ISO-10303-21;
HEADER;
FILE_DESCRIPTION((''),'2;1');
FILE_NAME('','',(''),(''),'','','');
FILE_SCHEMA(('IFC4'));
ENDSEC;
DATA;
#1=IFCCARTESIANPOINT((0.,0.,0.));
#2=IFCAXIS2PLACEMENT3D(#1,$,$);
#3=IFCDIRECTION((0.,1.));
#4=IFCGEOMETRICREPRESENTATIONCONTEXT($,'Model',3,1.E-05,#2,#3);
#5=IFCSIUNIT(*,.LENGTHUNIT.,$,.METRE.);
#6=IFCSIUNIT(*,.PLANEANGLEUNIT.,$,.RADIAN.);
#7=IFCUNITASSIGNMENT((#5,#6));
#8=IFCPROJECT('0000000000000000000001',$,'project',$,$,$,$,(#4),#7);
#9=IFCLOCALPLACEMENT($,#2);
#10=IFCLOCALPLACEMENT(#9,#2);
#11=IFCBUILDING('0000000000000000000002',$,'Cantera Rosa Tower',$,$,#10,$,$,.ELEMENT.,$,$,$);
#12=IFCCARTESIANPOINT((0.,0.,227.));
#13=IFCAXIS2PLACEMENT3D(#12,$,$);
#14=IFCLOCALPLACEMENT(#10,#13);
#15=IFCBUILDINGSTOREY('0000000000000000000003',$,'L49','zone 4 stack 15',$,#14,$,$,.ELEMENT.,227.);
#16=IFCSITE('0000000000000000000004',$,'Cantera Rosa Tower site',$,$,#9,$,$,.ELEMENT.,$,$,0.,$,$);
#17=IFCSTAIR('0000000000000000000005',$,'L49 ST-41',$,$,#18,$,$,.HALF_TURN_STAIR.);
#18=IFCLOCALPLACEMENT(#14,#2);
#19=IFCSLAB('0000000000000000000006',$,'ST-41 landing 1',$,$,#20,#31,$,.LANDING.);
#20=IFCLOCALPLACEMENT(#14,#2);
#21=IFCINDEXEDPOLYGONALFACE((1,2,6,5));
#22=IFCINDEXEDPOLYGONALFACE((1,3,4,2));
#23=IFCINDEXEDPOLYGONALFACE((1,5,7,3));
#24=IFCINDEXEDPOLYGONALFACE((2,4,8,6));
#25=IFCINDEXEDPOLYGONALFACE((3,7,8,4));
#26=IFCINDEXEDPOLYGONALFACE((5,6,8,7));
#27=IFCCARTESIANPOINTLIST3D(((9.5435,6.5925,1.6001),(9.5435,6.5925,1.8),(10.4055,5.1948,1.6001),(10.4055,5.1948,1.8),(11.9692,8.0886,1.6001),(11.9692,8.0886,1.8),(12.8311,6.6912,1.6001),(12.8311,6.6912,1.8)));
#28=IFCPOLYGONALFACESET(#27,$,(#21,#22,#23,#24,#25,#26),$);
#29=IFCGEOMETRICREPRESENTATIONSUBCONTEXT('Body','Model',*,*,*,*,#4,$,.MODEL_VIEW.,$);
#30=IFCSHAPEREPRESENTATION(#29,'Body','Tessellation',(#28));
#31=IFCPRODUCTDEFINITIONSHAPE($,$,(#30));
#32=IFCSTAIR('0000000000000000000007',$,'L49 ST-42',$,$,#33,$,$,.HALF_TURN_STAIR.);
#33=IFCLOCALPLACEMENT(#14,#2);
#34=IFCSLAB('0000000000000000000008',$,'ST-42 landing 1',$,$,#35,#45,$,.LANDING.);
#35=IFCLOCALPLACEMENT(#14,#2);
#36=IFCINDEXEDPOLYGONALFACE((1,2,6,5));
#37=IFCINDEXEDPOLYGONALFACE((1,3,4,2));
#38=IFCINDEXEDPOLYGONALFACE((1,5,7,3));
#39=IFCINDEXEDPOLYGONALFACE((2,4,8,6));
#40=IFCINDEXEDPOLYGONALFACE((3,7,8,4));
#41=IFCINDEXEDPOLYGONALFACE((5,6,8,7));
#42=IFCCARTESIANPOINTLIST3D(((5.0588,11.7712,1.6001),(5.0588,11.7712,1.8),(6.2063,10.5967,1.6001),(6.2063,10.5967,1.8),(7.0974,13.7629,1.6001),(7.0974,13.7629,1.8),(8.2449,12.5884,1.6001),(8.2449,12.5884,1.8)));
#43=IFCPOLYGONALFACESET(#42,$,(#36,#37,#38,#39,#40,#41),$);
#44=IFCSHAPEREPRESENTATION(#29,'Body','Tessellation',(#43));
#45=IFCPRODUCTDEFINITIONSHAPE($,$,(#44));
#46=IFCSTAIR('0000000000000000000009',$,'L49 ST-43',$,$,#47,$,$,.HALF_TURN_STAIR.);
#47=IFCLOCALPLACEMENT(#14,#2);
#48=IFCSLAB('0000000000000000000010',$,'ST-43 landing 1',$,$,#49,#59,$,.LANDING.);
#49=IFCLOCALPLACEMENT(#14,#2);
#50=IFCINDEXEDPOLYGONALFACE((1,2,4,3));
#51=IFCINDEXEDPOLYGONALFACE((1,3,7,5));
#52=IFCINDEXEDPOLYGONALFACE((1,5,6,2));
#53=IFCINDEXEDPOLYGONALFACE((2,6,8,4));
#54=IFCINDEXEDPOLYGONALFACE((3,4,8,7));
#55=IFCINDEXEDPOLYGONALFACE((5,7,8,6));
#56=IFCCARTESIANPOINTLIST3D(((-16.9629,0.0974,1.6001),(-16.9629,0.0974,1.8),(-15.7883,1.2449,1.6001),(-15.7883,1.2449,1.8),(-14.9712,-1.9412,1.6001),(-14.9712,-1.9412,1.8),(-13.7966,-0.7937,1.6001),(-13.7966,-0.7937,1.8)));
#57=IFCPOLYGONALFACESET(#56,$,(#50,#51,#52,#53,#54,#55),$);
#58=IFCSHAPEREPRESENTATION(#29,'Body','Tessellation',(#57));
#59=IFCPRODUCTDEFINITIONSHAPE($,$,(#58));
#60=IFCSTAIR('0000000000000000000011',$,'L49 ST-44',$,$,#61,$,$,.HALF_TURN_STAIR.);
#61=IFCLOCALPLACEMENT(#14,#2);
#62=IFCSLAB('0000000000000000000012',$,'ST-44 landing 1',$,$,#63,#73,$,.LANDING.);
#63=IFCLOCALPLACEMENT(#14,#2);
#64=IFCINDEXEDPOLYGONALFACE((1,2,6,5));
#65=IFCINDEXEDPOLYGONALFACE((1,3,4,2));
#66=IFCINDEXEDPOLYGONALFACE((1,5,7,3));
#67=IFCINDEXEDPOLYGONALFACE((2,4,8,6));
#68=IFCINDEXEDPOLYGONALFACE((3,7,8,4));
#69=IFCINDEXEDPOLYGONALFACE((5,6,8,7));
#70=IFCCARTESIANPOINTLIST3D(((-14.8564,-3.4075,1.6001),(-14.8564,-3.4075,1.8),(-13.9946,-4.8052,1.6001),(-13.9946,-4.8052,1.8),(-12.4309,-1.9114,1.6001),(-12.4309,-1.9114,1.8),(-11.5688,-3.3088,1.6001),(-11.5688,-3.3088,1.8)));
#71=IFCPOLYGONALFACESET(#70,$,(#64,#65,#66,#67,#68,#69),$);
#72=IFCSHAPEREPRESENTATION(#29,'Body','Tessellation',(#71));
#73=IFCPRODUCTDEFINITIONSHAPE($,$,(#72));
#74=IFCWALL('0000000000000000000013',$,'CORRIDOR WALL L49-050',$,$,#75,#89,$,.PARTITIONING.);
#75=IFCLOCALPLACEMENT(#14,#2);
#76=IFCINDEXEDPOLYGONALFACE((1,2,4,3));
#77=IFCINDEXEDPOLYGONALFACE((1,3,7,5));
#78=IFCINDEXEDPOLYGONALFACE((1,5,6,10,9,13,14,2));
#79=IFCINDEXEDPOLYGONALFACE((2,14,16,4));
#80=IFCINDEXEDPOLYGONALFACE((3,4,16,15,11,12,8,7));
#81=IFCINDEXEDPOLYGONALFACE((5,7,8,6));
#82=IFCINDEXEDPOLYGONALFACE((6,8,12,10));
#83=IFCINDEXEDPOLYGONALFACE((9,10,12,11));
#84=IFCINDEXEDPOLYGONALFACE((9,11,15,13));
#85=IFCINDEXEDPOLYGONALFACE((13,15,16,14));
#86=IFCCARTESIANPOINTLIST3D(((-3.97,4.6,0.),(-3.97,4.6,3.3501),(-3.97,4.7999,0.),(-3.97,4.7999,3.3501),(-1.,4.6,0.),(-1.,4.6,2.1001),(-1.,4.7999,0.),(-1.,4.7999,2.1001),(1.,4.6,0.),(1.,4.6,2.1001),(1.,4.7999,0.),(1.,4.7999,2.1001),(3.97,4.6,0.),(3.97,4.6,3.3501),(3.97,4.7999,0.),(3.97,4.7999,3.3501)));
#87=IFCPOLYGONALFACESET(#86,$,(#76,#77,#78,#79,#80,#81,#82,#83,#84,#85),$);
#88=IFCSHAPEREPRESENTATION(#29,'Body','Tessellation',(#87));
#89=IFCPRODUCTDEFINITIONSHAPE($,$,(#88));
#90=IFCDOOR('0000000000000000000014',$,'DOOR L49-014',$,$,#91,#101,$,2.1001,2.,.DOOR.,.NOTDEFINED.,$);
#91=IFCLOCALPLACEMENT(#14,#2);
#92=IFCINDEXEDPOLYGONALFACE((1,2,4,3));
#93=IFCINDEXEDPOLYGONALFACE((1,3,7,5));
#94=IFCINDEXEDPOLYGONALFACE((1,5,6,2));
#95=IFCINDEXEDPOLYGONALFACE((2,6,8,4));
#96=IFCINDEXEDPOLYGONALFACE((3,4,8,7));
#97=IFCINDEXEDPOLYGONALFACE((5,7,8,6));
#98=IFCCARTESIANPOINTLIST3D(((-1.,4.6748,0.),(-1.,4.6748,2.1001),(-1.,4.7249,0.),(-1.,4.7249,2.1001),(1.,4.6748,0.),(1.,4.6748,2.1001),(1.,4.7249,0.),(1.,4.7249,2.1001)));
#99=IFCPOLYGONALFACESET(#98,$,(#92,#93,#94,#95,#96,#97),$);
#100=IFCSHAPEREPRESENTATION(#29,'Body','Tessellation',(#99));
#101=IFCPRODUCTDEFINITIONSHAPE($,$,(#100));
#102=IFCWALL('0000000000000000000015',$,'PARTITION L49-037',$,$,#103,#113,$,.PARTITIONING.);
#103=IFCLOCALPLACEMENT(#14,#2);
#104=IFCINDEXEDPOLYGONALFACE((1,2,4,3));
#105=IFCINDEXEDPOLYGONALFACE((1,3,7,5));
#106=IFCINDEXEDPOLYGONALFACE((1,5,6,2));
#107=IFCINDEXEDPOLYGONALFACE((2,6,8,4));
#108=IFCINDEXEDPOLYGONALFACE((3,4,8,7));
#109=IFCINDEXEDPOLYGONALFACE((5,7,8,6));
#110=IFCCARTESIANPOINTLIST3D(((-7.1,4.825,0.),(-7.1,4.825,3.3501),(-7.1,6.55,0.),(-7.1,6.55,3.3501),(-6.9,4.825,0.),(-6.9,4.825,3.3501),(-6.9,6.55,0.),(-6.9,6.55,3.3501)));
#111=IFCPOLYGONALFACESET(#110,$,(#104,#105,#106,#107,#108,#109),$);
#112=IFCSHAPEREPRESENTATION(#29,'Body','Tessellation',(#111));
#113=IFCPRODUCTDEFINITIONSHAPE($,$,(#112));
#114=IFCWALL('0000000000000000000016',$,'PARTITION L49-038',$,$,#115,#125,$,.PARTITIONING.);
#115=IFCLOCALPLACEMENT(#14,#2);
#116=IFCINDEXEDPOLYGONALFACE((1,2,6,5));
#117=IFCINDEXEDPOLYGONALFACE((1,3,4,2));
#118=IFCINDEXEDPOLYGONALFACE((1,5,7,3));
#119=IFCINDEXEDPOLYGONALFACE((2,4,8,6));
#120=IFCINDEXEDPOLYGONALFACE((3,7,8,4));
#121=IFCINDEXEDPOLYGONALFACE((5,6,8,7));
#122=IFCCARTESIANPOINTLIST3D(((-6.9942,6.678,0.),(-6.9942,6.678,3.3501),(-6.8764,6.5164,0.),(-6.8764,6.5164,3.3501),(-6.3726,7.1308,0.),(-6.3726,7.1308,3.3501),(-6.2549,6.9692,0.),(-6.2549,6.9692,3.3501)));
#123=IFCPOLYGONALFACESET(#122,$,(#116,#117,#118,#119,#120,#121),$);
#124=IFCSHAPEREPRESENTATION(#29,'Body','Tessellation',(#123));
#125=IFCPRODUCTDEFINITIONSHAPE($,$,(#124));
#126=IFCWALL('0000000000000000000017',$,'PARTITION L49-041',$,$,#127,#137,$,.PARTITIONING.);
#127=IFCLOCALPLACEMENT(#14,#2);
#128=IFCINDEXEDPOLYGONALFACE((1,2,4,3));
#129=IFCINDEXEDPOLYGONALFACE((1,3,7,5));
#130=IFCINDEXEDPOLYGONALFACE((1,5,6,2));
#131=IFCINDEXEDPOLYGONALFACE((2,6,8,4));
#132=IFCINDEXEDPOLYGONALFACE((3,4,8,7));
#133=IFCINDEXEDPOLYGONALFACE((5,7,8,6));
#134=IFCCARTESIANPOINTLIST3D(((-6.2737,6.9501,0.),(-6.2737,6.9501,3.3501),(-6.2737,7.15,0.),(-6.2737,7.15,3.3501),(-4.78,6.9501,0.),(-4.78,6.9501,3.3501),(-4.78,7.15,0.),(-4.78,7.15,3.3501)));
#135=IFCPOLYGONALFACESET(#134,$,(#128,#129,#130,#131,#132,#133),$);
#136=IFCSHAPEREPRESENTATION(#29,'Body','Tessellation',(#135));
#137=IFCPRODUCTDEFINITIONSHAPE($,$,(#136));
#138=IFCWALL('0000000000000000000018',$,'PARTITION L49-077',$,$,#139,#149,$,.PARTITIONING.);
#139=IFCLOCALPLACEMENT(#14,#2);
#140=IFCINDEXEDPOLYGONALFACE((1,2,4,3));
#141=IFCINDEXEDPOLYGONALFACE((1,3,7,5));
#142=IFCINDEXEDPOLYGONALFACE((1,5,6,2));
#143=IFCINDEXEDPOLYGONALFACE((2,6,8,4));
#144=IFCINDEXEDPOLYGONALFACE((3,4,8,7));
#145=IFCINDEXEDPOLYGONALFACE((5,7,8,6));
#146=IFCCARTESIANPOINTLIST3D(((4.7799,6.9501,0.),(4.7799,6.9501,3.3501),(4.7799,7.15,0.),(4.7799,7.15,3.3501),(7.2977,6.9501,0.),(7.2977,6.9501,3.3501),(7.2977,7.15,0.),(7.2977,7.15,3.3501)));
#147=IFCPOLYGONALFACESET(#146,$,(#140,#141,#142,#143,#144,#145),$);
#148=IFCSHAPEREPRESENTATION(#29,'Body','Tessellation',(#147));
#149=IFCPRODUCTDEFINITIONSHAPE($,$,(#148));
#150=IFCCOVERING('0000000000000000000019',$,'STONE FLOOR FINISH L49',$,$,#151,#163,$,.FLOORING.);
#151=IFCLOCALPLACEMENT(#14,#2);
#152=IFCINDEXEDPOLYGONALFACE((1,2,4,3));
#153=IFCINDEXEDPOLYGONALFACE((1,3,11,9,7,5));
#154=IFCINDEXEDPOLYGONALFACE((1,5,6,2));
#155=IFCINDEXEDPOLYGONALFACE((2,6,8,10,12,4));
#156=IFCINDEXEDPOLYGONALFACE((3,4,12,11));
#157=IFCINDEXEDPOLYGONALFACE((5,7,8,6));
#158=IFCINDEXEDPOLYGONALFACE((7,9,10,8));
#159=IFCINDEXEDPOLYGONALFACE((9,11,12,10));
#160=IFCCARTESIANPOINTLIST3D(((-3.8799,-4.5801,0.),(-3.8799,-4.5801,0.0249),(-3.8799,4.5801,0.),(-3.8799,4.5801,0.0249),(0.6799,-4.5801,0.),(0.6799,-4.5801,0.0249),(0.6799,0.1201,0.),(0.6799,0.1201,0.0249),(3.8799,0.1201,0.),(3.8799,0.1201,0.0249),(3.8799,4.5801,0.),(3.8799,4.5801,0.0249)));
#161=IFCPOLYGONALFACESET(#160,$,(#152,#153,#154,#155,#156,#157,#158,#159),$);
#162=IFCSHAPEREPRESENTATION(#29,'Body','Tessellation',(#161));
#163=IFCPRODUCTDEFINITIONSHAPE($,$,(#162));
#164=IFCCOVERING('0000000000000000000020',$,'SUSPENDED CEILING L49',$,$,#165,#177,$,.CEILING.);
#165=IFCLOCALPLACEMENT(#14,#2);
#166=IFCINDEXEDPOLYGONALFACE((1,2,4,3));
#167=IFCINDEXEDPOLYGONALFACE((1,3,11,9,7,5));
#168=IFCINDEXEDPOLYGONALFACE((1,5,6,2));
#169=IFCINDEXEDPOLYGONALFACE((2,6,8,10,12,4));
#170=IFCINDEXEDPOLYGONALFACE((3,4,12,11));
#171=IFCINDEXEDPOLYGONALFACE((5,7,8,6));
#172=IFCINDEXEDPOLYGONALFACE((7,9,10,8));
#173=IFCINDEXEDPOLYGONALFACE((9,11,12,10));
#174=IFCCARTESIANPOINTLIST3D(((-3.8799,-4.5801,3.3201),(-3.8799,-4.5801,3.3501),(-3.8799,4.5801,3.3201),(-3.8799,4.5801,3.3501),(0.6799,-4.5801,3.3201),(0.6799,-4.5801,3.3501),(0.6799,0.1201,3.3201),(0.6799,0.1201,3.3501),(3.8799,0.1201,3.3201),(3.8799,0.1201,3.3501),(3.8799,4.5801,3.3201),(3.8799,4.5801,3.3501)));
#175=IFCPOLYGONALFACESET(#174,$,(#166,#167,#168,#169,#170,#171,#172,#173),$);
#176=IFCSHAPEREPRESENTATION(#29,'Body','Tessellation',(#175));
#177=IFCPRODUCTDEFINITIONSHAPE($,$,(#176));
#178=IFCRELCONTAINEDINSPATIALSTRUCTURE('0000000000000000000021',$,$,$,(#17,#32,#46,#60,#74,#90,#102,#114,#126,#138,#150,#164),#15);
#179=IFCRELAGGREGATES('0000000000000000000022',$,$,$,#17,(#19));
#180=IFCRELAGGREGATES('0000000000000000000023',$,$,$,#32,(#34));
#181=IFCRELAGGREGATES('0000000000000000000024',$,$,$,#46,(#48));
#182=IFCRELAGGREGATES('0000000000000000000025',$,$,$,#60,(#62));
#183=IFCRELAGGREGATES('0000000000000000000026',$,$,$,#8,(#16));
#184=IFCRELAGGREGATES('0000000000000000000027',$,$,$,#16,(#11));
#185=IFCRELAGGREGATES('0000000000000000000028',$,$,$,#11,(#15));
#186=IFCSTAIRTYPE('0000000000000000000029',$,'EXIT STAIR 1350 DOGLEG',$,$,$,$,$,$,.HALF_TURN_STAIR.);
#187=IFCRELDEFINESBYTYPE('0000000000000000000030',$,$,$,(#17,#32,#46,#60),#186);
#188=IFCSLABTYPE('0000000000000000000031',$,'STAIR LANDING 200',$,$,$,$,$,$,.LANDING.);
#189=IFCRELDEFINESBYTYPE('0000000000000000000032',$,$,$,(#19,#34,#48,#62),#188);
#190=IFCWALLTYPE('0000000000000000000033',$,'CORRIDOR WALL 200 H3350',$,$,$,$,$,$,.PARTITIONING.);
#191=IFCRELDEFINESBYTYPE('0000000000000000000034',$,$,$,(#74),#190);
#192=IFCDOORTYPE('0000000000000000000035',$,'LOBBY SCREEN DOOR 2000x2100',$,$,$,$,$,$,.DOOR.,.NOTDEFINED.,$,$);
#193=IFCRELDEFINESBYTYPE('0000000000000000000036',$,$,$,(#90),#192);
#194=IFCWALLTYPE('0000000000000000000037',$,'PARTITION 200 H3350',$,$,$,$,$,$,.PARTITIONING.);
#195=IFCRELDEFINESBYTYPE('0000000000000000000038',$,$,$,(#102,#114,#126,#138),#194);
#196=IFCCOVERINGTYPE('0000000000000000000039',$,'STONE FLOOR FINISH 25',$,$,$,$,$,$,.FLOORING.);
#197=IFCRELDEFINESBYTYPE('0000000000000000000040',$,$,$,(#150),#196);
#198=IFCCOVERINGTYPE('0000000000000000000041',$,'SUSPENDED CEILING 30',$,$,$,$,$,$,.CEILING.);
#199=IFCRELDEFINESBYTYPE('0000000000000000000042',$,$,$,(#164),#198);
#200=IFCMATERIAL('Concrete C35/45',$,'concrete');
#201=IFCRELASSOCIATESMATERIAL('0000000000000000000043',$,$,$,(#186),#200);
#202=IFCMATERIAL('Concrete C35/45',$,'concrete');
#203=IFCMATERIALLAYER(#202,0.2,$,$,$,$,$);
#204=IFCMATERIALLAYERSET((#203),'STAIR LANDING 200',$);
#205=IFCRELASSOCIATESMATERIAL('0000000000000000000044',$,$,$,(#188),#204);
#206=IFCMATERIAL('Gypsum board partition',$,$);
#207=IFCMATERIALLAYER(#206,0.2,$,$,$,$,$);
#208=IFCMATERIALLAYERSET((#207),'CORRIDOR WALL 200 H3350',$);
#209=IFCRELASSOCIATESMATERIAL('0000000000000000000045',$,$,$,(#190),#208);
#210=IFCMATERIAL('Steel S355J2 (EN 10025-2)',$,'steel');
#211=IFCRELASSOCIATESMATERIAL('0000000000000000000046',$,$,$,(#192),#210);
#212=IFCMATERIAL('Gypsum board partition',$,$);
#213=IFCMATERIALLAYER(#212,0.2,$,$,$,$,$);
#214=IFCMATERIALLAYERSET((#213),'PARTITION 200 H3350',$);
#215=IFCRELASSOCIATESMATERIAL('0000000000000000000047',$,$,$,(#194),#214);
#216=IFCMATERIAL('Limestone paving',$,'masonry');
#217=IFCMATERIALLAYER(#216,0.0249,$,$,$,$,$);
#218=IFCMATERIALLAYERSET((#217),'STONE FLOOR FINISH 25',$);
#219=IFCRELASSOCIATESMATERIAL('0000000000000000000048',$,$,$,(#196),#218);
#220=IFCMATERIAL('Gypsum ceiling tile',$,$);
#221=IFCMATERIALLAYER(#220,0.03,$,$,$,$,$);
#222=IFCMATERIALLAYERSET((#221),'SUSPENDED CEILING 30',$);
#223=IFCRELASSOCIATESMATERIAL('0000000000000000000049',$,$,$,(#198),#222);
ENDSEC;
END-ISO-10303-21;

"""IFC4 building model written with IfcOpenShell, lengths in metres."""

from ifc_helpers import new_model, si_unit, direction, frame, frame_2d, origin, place, context, subcontext, project, spatial, polyline, rectangle, outline, extrude, material, layer, layer_set, type_object, element, fill, aggregate, save


model = new_model("IFC4")

# Units and contexts
model_context = context("Model", 3, precision=1e-05, world=origin(), true_north=direction((0.0, 1.0)))
body_context = subcontext(model_context, "Body", "Model", "MODEL_VIEW")
ifc_project = project(units=[si_unit("LENGTHUNIT", "METRE"), si_unit("PLANEANGLEUNIT", "RADIAN")], contexts=[model_context])

# Site, building, storey
site_placement = place(None, origin())
site = spatial("IfcSite", under=ifc_project, at=site_placement, Name="Cantera Rosa Tower site", CompositionType="ELEMENT", RefElevation=0.0)
building_placement = place(site_placement, origin())
building = spatial("IfcBuilding", under=site, at=building_placement, Name="Cantera Rosa Tower", CompositionType="ELEMENT")
storey_placement = place(building_placement, frame((0.0, 0.0, 227.0)))
storey = spatial("IfcBuildingStorey", under=building, at=storey_placement, Name="L49", Description="zone 4 stack 15", CompositionType="ELEMENT", Elevation=227.0)

# Stairs, slabs
ifc_material_1 = material(Name="Concrete C35/45", Category="concrete")
stair_type = type_object("IfcStairType", Name="EXIT STAIR 1350 DOGLEG", PredefinedType="HALF_TURN_STAIR", material=ifc_material_1)
stair_1_placement = place(storey_placement, origin())
stair_1 = element("IfcStair", 1, at=stair_1_placement, inside=storey, type_object=stair_type, Name="L49 ST-41", PredefinedType="HALF_TURN_STAIR")
ifc_material_2 = material(Name="Concrete C35/45", Category="concrete")
ifc_layer_1 = layer(ifc_material_2, 0.2)
ifc_layer_set_1 = layer_set([ifc_layer_1], Name="STAIR LANDING 200")
slab_type = type_object("IfcSlabType", Name="STAIR LANDING 200", PredefinedType="LANDING", material=ifc_layer_set_1)
slab_1_placement = place(storey_placement, frame((0.0, 0.0, 1.6001)))
slab_1 = element("IfcSlab", 2, at=slab_1_placement, type_object=slab_type, Name="ST-41 landing 1", PredefinedType="LANDING", context=body_context, shape_type="SweptSolid", body=[
    extrude(outline(polyline([(12.8311, 6.6912), (11.9692, 8.0886), (9.5435, 6.5925), (10.4055, 5.1948), (12.8311, 6.6912)])), origin(), (0.0, 0.0, 1.0), 0.2),
])
aggregate(stair_1, [slab_1])
stair_2_placement = place(storey_placement, origin())
stair_2 = element("IfcStair", 3, at=stair_2_placement, inside=storey, type_object=stair_type, Name="L49 ST-42", PredefinedType="HALF_TURN_STAIR")
slab_2_placement = place(storey_placement, frame((0.0, 0.0, 1.6001)))
slab_2 = element("IfcSlab", 4, at=slab_2_placement, type_object=slab_type, Name="ST-42 landing 1", PredefinedType="LANDING", context=body_context, shape_type="SweptSolid", body=[
    extrude(outline(polyline([(8.2449, 12.5884), (7.0974, 13.7629), (5.0588, 11.7712), (6.2063, 10.5967), (8.2449, 12.5884)])), origin(), (0.0, 0.0, 1.0), 0.2),
])
aggregate(stair_2, [slab_2])
stair_3_placement = place(storey_placement, origin())
stair_3 = element("IfcStair", 5, at=stair_3_placement, inside=storey, type_object=stair_type, Name="L49 ST-43", PredefinedType="HALF_TURN_STAIR")
slab_3_placement = place(storey_placement, frame((0.0, 0.0, 1.6001)))
slab_3 = element("IfcSlab", 6, at=slab_3_placement, type_object=slab_type, Name="ST-43 landing 1", PredefinedType="LANDING", context=body_context, shape_type="SweptSolid", body=[
    extrude(outline(polyline([(-15.7883, 1.2449), (-16.9629, 0.0974), (-14.9712, -1.9412), (-13.7966, -0.7937), (-15.7883, 1.2449)])), origin(), (0.0, 0.0, 1.0), 0.2),
])
aggregate(stair_3, [slab_3])
stair_4_placement = place(storey_placement, origin())
stair_4 = element("IfcStair", 7, at=stair_4_placement, inside=storey, type_object=stair_type, Name="L49 ST-44", PredefinedType="HALF_TURN_STAIR")
slab_4_placement = place(storey_placement, frame((0.0, 0.0, 1.6001)))
slab_4 = element("IfcSlab", 8, at=slab_4_placement, type_object=slab_type, Name="ST-44 landing 1", PredefinedType="LANDING", context=body_context, shape_type="SweptSolid", body=[
    extrude(outline(polyline([(-11.5688, -3.3088), (-12.4309, -1.9114), (-14.8564, -3.4075), (-13.9946, -4.8052), (-11.5688, -3.3088)])), origin(), (0.0, 0.0, 1.0), 0.2),
])
aggregate(stair_4, [slab_4])

# Wall, opening, door
ifc_material_3 = material(Name="Gypsum board partition")
ifc_layer_2 = layer(ifc_material_3, 0.2)
ifc_layer_set_2 = layer_set([ifc_layer_2], Name="CORRIDOR WALL 200 H3350")
wall_type_1 = type_object("IfcWallType", Name="CORRIDOR WALL 200 H3350", PredefinedType="PARTITIONING", material=ifc_layer_set_2)
wall_1_placement = place(storey_placement, frame((-3.97, 4.7, 0.0), z_axis=(0.0, 0.0, 1.0), x_axis=(1.0, 0.0, 0.0)))
wall_1 = element("IfcWall", 9, at=wall_1_placement, inside=storey, type_object=wall_type_1, Name="CORRIDOR WALL L49-050", PredefinedType="PARTITIONING", context=body_context, shape_type="SweptSolid", body=[
    extrude(rectangle(XDim=7.9399, YDim=0.2, at=frame_2d((3.97, 0.0))), origin(), (0.0, 0.0, 1.0), 3.3501),
])
opening_placement = place(wall_1_placement, frame((2.97, 0.0, 0.0)))
opening = element("IfcOpeningElement", 10, at=opening_placement, cuts=wall_1, PredefinedType="OPENING", context=body_context, shape_type="SweptSolid", body=[
    extrude(rectangle(XDim=2.0, YDim=2.1001, at=frame_2d((1.0, 1.05))), frame((0.0, 0.1099, 0.0), z_axis=(0.0, -1.0, 0.0), x_axis=(1.0, 0.0, 0.0)), (0.0, 0.0, 1.0), 0.22),
])
ifc_material_4 = material(Name="Steel S355J2 (EN 10025-2)", Category="steel")
door_type = type_object("IfcDoorType", Name="LOBBY SCREEN DOOR 2000x2100", OperationType="NOTDEFINED", PredefinedType="DOOR", material=ifc_material_4)
door_placement = place(opening_placement, origin())
door = element("IfcDoor", 11, at=door_placement, inside=storey, type_object=door_type, Name="DOOR L49-014", OperationType="NOTDEFINED", OverallHeight=2.1001, OverallWidth=2.0, PredefinedType="DOOR", context=body_context, shape_type="SweptSolid", body=[
    extrude(rectangle(XDim=2.0, YDim=2.1001, at=frame_2d((1.0, 1.05))), frame((0.0, 0.0249, 0.0), z_axis=(0.0, -1.0, 0.0), x_axis=(1.0, 0.0, 0.0)), (0.0, 0.0, 1.0), 0.05),
])
fill(opening, door)

# Walls
ifc_material_5 = material(Name="Gypsum board partition")
ifc_layer_3 = layer(ifc_material_5, 0.2)
ifc_layer_set_3 = layer_set([ifc_layer_3], Name="PARTITION 200 H3350")
wall_type_2 = type_object("IfcWallType", Name="PARTITION 200 H3350", PredefinedType="PARTITIONING", material=ifc_layer_set_3)
wall_2_placement = place(storey_placement, frame((-7.0, 4.825, 0.0), z_axis=(0.0, 0.0, 1.0), x_axis=(0.0, 1.0, 0.0)))
element("IfcWall", 12, at=wall_2_placement, inside=storey, type_object=wall_type_2, Name="PARTITION L49-037", PredefinedType="PARTITIONING", context=body_context, shape_type="SweptSolid", body=[
    extrude(rectangle(XDim=1.7251, YDim=0.2, at=frame_2d((0.8625, 0.0))), origin(), (0.0, 0.0, 1.0), 3.3501),
])
wall_3_placement = place(storey_placement, frame((-6.9353, 6.5972, 0.0), z_axis=(0.0, 0.0, 1.0), x_axis=(0.808228, 0.58887, 0.0)))
element("IfcWall", 13, at=wall_3_placement, inside=storey, type_object=wall_type_2, Name="PARTITION L49-038", PredefinedType="PARTITIONING", context=body_context, shape_type="SweptSolid", body=[
    extrude(rectangle(XDim=0.769, YDim=0.2, at=frame_2d((0.3845, 0.0))), origin(), (0.0, 0.0, 1.0), 3.3501),
])
wall_4_placement = place(storey_placement, frame((-6.2737, 7.05, 0.0), z_axis=(0.0, 0.0, 1.0), x_axis=(1.0, 0.0, 0.0)))
element("IfcWall", 14, at=wall_4_placement, inside=storey, type_object=wall_type_2, Name="PARTITION L49-041", PredefinedType="PARTITIONING", context=body_context, shape_type="SweptSolid", body=[
    extrude(rectangle(XDim=1.4937, YDim=0.2, at=frame_2d((0.7468, 0.0))), origin(), (0.0, 0.0, 1.0), 3.3501),
])
wall_5_placement = place(storey_placement, frame((4.78, 7.05, 0.0), z_axis=(0.0, 0.0, 1.0), x_axis=(1.0, 0.0, 0.0)))
element("IfcWall", 15, at=wall_5_placement, inside=storey, type_object=wall_type_2, Name="PARTITION L49-077", PredefinedType="PARTITIONING", context=body_context, shape_type="SweptSolid", body=[
    extrude(rectangle(XDim=2.5178, YDim=0.2, at=frame_2d((1.2588, 0.0))), origin(), (0.0, 0.0, 1.0), 3.3501),
])

# Coverings
ifc_material_6 = material(Name="Limestone paving", Category="masonry")
ifc_layer_4 = layer(ifc_material_6, 0.0249)
ifc_layer_set_4 = layer_set([ifc_layer_4], Name="STONE FLOOR FINISH 25")
covering_type_1 = type_object("IfcCoveringType", Name="STONE FLOOR FINISH 25", PredefinedType="FLOORING", material=ifc_layer_set_4)
covering_1_placement = place(storey_placement, origin())
element("IfcCovering", 16, at=covering_1_placement, inside=storey, type_object=covering_type_1, Name="STONE FLOOR FINISH L49", PredefinedType="FLOORING", context=body_context, shape_type="SweptSolid", body=[
    extrude(outline(polyline([(3.8799, 4.5801), (3.8799, 0.1201), (0.6799, 0.1201), (0.6799, -4.5801), (-3.8799, -4.5801), (-3.8799, 4.5801), (3.8799, 4.5801)])), origin(), (0.0, 0.0, 1.0), 0.0249),
])
ifc_material_7 = material(Name="Gypsum ceiling tile")
ifc_layer_5 = layer(ifc_material_7, 0.03)
ifc_layer_set_5 = layer_set([ifc_layer_5], Name="SUSPENDED CEILING 30")
covering_type_2 = type_object("IfcCoveringType", Name="SUSPENDED CEILING 30", PredefinedType="CEILING", material=ifc_layer_set_5)
covering_2_placement = place(storey_placement, frame((0.0, 0.0, 3.3201)))
element("IfcCovering", 17, at=covering_2_placement, inside=storey, type_object=covering_type_2, Name="SUSPENDED CEILING L49", PredefinedType="CEILING", context=body_context, shape_type="SweptSolid", body=[
    extrude(outline(polyline([(3.8799, 4.5801), (3.8799, 0.1201), (0.6799, 0.1201), (0.6799, -4.5801), (-3.8799, -4.5801), (-3.8799, 4.5801), (3.8799, 4.5801)])), origin(), (0.0, 0.0, 1.0), 0.03),
])

save(model, "model.ifc")
